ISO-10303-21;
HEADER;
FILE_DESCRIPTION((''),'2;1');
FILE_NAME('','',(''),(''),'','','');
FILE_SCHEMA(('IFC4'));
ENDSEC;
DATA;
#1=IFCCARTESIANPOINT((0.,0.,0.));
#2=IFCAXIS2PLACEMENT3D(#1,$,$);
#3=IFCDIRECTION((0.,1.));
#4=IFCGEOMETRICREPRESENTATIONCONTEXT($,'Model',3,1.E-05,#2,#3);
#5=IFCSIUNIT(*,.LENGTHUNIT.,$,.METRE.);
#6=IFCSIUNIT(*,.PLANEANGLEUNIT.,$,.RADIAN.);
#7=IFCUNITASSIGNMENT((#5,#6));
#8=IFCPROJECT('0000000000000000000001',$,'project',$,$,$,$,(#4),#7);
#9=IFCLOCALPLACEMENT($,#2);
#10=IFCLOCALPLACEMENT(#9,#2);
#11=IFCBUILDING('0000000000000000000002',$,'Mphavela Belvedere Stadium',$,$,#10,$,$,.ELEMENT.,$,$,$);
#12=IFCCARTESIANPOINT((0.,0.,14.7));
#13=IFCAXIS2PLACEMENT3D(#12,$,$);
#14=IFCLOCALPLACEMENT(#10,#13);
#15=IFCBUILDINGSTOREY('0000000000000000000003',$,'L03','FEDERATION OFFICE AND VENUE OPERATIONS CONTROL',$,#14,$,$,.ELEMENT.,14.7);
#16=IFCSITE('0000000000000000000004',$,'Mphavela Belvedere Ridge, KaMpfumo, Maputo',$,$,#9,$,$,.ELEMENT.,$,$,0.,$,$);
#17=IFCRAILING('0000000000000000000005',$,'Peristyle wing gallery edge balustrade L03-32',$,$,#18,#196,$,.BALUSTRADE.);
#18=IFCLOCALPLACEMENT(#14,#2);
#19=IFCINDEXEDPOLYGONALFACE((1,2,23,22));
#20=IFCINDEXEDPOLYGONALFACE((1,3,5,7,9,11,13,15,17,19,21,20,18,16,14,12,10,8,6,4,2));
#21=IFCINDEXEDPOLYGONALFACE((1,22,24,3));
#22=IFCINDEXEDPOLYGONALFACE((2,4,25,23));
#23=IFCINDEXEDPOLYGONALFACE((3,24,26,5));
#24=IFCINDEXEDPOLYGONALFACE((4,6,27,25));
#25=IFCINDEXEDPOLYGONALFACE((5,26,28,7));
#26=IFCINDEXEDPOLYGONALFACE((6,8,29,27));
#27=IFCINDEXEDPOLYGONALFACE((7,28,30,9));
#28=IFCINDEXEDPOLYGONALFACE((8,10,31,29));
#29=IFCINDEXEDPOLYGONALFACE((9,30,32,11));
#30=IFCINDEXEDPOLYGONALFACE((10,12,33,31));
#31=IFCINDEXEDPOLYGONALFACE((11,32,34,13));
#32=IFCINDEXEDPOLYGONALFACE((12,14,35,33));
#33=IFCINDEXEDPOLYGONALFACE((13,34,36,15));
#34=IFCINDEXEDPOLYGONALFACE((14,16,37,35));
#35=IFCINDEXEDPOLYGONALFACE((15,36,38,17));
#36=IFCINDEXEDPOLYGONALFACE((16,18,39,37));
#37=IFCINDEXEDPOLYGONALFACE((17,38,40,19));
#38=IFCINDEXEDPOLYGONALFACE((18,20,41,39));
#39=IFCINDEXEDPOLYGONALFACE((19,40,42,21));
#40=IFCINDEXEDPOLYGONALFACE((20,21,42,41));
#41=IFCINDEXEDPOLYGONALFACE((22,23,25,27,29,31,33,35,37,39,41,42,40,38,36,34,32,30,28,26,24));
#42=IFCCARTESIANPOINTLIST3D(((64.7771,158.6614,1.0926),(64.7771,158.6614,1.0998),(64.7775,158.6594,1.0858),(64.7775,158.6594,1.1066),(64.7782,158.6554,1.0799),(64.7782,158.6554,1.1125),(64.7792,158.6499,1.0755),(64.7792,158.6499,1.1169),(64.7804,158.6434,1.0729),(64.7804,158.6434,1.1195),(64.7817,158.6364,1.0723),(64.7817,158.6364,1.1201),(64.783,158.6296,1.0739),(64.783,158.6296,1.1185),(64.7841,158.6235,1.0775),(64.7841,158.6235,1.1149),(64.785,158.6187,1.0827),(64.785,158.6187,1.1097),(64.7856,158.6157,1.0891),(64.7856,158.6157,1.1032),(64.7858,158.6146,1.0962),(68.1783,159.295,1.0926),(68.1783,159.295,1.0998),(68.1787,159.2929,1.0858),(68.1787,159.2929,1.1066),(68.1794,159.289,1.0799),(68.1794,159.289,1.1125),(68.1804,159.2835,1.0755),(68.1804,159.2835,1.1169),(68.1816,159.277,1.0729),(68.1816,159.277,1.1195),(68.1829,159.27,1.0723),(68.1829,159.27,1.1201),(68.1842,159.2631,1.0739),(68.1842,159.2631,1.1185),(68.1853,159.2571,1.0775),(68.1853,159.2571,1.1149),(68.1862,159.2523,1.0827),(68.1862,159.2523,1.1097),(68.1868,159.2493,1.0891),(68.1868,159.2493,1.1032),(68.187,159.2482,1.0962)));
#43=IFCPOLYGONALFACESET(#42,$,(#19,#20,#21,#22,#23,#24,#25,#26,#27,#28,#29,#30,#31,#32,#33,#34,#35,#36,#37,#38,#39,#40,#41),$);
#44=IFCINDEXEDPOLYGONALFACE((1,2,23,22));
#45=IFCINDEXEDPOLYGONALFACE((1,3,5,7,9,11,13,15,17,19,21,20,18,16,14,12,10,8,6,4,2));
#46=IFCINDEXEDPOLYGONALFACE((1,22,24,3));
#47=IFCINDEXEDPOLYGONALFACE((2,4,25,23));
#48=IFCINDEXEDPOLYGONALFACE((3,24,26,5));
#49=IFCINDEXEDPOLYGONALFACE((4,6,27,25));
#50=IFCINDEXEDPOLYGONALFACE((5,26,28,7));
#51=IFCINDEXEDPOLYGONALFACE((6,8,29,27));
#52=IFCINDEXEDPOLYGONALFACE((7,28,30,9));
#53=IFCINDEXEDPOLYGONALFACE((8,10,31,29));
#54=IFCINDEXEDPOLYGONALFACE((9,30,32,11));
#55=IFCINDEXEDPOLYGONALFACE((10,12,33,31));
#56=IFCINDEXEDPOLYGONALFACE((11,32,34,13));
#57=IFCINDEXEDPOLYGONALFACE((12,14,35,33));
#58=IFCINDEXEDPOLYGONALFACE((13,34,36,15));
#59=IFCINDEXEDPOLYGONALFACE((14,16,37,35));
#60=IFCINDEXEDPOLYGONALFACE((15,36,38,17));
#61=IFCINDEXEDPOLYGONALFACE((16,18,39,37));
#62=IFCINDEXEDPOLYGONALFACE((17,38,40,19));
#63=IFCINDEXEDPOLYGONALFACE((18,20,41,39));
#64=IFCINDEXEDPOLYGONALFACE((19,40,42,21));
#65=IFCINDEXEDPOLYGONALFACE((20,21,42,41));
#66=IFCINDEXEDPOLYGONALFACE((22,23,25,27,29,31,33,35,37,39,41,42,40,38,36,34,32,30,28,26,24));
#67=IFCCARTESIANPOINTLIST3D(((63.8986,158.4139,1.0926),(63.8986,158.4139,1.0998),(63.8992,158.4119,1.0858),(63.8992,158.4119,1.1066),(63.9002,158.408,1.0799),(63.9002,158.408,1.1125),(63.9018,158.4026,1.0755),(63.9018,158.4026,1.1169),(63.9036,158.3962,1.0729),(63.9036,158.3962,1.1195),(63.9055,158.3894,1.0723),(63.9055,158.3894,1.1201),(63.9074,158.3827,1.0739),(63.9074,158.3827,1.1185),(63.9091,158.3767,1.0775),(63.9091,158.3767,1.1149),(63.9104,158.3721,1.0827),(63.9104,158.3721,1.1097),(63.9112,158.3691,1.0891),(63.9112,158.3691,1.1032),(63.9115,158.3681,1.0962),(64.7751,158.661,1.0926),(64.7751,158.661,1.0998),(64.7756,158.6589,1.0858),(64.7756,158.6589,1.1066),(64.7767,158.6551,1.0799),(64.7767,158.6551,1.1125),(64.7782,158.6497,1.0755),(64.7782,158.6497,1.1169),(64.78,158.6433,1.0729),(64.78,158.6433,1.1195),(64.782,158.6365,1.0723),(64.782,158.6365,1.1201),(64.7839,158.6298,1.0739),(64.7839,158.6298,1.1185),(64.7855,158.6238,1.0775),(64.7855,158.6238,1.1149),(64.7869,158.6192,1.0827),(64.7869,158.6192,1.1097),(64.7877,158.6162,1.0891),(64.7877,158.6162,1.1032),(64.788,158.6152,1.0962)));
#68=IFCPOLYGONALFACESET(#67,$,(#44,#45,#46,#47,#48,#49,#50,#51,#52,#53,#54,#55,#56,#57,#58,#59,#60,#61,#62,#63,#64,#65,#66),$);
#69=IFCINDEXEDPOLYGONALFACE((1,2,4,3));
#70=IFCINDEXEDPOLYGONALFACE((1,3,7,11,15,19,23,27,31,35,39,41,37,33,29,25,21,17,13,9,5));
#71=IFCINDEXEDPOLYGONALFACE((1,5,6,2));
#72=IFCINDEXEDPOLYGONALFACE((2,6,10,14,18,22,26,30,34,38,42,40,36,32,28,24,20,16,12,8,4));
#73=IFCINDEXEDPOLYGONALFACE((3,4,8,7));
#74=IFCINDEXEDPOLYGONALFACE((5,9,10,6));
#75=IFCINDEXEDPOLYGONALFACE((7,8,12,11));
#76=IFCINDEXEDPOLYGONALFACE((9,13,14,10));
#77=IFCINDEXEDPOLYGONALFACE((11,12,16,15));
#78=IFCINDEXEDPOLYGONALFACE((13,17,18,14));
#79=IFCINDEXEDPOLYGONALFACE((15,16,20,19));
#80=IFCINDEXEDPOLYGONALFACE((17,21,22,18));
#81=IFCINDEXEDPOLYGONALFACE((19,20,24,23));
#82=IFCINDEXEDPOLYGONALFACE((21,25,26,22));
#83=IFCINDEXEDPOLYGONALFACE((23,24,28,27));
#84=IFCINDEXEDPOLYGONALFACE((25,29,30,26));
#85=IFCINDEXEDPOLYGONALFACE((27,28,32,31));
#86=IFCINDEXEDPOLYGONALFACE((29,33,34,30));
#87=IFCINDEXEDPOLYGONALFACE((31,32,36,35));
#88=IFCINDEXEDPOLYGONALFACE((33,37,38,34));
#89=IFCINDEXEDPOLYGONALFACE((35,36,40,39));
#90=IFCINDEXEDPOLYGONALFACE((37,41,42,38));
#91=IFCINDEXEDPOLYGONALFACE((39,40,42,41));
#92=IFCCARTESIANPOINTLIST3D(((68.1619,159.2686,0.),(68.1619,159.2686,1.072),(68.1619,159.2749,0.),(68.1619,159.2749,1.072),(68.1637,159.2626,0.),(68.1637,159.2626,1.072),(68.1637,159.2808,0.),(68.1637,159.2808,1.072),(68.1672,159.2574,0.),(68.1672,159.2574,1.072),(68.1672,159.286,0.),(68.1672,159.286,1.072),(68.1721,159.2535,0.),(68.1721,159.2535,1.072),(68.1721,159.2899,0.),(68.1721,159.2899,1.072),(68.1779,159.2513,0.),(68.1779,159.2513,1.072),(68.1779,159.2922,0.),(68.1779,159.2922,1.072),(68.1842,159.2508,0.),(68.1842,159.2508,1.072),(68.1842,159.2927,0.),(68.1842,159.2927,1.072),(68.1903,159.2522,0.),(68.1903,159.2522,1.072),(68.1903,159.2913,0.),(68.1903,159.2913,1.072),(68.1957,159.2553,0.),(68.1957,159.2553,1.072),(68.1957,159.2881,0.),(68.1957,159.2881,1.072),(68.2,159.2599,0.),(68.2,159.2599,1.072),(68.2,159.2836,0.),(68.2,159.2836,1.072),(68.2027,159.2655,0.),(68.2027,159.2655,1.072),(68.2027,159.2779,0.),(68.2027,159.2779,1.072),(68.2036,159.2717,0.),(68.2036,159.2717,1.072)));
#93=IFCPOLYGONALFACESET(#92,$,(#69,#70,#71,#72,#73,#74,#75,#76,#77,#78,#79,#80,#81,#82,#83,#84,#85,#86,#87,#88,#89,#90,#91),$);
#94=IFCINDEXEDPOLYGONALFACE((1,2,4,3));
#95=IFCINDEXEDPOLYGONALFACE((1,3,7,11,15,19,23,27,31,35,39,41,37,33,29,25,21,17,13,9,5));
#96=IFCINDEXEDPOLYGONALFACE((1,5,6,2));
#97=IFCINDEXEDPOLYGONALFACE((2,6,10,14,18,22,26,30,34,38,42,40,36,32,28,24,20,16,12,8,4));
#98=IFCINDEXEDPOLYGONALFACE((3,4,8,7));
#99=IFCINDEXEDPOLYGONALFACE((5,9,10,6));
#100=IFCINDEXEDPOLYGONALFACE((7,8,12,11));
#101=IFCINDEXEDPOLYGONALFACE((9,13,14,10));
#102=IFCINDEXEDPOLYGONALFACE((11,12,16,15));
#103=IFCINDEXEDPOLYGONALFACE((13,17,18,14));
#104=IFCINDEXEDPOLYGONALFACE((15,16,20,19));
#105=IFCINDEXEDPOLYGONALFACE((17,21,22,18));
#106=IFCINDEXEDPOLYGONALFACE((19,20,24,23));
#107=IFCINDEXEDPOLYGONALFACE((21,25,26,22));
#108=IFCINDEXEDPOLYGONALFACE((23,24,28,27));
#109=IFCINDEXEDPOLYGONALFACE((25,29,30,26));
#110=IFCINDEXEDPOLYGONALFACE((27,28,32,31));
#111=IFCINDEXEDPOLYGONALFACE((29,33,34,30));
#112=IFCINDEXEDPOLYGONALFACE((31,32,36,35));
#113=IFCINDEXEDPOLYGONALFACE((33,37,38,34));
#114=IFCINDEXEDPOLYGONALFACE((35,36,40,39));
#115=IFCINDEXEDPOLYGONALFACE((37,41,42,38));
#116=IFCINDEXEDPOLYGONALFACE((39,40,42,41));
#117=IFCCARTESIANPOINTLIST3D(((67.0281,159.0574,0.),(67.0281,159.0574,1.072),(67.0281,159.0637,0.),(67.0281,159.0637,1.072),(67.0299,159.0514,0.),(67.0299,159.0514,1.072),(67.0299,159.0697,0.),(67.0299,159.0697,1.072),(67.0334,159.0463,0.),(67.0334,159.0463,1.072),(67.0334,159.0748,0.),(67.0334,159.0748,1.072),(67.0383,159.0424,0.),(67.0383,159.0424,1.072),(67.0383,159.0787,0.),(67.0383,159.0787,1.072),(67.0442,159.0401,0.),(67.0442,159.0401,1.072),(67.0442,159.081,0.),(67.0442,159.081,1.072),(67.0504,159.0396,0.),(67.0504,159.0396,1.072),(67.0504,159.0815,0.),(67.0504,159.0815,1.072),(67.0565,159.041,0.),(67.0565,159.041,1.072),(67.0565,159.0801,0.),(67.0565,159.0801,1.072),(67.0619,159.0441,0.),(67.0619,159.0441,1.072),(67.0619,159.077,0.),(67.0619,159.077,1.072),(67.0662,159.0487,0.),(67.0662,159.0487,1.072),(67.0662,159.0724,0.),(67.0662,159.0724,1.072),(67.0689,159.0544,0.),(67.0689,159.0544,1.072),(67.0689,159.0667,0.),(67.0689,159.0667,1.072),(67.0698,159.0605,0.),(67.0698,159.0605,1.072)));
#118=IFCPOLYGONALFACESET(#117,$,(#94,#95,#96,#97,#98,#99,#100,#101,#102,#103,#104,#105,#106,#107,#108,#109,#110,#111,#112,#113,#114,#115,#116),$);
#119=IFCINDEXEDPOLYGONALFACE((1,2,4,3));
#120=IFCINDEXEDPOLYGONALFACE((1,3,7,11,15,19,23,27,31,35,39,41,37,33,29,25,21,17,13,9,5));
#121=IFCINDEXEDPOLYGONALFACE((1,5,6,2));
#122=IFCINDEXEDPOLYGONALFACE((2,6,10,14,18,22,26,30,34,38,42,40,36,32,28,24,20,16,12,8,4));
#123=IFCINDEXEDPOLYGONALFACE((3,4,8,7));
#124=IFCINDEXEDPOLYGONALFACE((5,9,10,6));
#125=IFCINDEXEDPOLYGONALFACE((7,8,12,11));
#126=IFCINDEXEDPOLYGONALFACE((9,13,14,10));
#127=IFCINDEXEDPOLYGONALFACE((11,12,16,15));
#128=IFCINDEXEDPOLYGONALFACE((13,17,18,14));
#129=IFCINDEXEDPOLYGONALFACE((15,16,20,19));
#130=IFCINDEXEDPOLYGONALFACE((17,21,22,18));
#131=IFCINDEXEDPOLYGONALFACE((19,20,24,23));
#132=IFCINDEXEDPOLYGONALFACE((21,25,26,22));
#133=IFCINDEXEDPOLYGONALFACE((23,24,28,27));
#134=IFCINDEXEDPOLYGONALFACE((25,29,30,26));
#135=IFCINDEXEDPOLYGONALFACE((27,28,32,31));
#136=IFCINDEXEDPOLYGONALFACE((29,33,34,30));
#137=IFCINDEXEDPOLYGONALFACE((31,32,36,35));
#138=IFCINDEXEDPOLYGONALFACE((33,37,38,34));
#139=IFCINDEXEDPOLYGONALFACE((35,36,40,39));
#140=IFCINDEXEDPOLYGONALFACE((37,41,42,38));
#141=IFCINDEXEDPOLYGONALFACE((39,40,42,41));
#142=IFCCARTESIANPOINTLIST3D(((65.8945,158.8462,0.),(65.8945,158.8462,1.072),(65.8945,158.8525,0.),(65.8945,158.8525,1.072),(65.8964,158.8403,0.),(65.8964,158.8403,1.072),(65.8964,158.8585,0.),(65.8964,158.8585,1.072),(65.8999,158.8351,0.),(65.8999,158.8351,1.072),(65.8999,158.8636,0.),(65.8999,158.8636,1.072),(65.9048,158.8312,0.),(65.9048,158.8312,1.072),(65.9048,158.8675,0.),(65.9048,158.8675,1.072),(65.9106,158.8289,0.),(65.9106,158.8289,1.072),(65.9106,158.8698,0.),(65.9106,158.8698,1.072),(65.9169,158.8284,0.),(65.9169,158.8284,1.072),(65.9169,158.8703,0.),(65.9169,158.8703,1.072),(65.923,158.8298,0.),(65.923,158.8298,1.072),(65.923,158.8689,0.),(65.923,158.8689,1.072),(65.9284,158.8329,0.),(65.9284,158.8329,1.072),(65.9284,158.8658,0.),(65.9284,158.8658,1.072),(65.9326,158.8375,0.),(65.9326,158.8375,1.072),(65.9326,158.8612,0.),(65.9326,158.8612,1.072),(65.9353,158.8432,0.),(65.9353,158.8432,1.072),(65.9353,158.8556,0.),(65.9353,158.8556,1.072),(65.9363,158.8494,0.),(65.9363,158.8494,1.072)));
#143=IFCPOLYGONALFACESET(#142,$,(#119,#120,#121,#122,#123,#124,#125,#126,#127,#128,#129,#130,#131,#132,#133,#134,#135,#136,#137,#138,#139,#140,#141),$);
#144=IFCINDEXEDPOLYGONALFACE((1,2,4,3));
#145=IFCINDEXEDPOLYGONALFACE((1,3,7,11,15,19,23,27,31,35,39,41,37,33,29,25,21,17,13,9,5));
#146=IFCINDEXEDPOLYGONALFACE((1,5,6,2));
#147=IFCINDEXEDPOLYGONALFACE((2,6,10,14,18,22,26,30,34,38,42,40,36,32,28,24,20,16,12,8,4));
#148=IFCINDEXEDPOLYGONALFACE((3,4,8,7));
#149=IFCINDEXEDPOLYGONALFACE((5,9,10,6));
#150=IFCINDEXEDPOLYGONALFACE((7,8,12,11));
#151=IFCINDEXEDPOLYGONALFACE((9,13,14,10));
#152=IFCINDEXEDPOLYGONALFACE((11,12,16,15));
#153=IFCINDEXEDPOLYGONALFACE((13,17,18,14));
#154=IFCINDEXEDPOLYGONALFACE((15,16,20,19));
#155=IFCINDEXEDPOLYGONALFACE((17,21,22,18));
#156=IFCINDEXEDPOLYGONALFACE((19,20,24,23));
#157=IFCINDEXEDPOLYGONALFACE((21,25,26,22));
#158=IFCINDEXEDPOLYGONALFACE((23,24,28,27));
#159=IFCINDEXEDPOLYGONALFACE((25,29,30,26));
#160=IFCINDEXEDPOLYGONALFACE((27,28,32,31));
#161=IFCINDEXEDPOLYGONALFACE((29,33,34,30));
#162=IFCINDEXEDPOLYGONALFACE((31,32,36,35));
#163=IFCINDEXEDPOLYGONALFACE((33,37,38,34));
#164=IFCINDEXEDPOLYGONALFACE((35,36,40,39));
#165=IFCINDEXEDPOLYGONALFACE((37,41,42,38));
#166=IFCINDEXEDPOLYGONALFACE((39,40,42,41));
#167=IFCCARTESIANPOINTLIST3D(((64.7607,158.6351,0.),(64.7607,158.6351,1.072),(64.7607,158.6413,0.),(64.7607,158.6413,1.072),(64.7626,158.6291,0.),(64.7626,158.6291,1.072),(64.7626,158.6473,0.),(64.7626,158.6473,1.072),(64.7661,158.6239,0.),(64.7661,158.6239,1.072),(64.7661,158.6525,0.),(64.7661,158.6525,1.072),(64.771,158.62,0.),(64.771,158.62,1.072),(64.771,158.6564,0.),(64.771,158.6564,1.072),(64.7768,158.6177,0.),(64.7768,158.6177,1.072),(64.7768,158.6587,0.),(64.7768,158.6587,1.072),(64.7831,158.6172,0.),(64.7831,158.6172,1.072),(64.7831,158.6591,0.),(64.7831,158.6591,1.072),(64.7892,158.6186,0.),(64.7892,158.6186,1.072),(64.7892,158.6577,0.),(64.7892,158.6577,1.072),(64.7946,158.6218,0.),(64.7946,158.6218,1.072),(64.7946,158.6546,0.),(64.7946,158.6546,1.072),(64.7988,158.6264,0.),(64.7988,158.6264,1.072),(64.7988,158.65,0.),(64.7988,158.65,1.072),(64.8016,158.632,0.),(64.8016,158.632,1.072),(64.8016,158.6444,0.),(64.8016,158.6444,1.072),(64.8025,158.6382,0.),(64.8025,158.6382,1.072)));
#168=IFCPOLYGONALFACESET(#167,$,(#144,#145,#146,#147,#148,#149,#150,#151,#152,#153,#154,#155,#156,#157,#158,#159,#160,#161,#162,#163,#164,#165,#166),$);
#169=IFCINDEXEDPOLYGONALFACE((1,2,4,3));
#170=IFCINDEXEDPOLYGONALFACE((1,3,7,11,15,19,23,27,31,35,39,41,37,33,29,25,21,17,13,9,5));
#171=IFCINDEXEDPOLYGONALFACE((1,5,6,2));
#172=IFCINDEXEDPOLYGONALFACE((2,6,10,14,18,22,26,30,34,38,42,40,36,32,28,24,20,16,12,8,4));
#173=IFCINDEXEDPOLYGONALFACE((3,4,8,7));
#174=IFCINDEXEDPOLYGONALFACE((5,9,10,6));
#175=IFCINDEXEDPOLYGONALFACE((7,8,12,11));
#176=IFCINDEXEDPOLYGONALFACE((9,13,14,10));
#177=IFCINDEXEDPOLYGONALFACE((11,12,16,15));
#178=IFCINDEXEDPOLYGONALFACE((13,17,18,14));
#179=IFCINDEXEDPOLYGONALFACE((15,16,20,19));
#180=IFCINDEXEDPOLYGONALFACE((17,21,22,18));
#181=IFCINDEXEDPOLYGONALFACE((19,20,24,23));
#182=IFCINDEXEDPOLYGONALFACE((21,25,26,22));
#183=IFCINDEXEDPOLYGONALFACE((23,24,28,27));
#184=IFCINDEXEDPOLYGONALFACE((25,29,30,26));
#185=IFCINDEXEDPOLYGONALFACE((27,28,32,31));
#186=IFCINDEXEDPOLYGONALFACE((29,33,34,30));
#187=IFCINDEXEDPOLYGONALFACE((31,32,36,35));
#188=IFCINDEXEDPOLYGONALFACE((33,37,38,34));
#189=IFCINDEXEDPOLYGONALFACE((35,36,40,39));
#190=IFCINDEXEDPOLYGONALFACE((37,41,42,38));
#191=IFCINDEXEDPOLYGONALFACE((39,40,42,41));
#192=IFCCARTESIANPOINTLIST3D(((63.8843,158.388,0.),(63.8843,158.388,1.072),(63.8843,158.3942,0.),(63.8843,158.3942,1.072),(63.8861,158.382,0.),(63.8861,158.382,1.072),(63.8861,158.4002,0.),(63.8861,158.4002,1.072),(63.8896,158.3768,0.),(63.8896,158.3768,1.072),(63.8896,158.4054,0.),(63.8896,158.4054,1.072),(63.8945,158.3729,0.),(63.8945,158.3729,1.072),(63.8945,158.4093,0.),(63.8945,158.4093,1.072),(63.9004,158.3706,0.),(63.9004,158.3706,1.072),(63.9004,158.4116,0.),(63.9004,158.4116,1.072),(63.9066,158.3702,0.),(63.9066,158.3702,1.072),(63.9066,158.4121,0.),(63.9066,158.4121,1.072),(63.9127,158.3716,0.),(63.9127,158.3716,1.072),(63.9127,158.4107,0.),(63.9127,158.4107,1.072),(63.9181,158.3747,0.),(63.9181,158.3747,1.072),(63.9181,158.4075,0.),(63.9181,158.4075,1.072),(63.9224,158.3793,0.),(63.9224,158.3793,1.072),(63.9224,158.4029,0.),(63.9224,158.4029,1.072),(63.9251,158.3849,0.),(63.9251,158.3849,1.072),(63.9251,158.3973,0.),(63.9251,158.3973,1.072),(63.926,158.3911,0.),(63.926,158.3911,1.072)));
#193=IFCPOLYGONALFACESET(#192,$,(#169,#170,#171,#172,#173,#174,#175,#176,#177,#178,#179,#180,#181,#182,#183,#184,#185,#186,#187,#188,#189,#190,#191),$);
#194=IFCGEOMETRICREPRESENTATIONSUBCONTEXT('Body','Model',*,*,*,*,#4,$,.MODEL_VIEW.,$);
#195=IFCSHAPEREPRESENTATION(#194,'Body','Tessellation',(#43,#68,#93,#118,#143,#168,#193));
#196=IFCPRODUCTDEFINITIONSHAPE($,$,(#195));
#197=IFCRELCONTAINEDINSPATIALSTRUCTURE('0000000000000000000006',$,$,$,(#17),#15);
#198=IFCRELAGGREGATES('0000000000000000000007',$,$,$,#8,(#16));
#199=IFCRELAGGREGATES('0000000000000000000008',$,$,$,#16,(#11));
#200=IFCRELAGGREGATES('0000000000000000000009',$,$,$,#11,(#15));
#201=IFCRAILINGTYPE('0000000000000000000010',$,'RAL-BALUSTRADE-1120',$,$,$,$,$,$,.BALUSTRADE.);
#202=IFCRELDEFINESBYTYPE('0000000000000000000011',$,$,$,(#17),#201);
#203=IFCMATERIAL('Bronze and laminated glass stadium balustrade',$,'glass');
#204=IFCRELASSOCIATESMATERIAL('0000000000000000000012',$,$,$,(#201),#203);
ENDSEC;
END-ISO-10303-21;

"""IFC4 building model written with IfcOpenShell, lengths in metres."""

from ifc_helpers import new_model, si_unit, direction, frame, origin, origin_2d, place, context, subcontext, project, spatial, circle, extrude, material, type_object, element, save


model = new_model("IFC4")

# Units and contexts
model_context = context("Model", 3, precision=1e-05, world=origin(), true_north=direction((0.0, 1.0)))
body_context = subcontext(model_context, "Body", "Model", "MODEL_VIEW")
ifc_project = project(units=[si_unit("LENGTHUNIT", "METRE"), si_unit("PLANEANGLEUNIT", "RADIAN")], contexts=[model_context])

# Site, building, storey
site_placement = place(None, origin())
site = spatial("IfcSite", under=ifc_project, at=site_placement, Name="Mphavela Belvedere Ridge, KaMpfumo, Maputo", CompositionType="ELEMENT", RefElevation=0.0)
building_placement = place(site_placement, origin())
building = spatial("IfcBuilding", under=site, at=building_placement, Name="Mphavela Belvedere Stadium", CompositionType="ELEMENT")
storey_placement = place(building_placement, frame((0.0, 0.0, 14.7)))
storey = spatial("IfcBuildingStorey", under=building, at=storey_placement, Name="L03", Description="FEDERATION OFFICE AND VENUE OPERATIONS CONTROL", CompositionType="ELEMENT", Elevation=14.7)

# Railing
ifc_material_1 = material(Name="Bronze and laminated glass stadium balustrade", Category="glass")
railing_type = type_object("IfcRailingType", Name="RAL-BALUSTRADE-1120", PredefinedType="BALUSTRADE", material=ifc_material_1)
railing_placement = place(storey_placement, frame((68.1826, 159.2717, 0.0)))
element("IfcRailing", 1, at=railing_placement, inside=storey, type_object=railing_type, Name="Peristyle wing gallery edge balustrade L03-32", PredefinedType="BALUSTRADE", context=body_context, shape_type="SweptSolid", body=[
    extrude(circle(Radius=0.0239, at=origin_2d()), frame((0.0, 0.0, 1.0962), z_axis=(-0.98309, -0.183125, 0.0), x_axis=(0.183125, -0.98309, 0.0)), (0.0, 0.0, 1.0), 3.4597),
    extrude(circle(Radius=0.0239, at=origin_2d()), frame((-3.4011, -0.6335, 1.0962), z_axis=(-0.962489, -0.27132, 0.0), x_axis=(0.27132, -0.962489, 0.0)), (0.0, 0.0, 1.0), 0.9106),
    extrude(circle(Radius=0.021, at=origin_2d()), origin(), (0.0, 0.0, 1.0), 1.072),
    extrude(circle(Radius=0.021, at=origin_2d()), frame((-1.1338, -0.2112, 0.0)), (0.0, 0.0, 1.0), 1.072),
    extrude(circle(Radius=0.021, at=origin_2d()), frame((-2.2673, -0.4224, 0.0)), (0.0, 0.0, 1.0), 1.072),
    extrude(circle(Radius=0.021, at=origin_2d()), frame((-3.4011, -0.6335, 0.0)), (0.0, 0.0, 1.0), 1.072),
    extrude(circle(Radius=0.021, at=origin_2d()), frame((-4.2776, -0.8806, 0.0)), (0.0, 0.0, 1.0), 1.072),
])

save(model, "model.ifc")
